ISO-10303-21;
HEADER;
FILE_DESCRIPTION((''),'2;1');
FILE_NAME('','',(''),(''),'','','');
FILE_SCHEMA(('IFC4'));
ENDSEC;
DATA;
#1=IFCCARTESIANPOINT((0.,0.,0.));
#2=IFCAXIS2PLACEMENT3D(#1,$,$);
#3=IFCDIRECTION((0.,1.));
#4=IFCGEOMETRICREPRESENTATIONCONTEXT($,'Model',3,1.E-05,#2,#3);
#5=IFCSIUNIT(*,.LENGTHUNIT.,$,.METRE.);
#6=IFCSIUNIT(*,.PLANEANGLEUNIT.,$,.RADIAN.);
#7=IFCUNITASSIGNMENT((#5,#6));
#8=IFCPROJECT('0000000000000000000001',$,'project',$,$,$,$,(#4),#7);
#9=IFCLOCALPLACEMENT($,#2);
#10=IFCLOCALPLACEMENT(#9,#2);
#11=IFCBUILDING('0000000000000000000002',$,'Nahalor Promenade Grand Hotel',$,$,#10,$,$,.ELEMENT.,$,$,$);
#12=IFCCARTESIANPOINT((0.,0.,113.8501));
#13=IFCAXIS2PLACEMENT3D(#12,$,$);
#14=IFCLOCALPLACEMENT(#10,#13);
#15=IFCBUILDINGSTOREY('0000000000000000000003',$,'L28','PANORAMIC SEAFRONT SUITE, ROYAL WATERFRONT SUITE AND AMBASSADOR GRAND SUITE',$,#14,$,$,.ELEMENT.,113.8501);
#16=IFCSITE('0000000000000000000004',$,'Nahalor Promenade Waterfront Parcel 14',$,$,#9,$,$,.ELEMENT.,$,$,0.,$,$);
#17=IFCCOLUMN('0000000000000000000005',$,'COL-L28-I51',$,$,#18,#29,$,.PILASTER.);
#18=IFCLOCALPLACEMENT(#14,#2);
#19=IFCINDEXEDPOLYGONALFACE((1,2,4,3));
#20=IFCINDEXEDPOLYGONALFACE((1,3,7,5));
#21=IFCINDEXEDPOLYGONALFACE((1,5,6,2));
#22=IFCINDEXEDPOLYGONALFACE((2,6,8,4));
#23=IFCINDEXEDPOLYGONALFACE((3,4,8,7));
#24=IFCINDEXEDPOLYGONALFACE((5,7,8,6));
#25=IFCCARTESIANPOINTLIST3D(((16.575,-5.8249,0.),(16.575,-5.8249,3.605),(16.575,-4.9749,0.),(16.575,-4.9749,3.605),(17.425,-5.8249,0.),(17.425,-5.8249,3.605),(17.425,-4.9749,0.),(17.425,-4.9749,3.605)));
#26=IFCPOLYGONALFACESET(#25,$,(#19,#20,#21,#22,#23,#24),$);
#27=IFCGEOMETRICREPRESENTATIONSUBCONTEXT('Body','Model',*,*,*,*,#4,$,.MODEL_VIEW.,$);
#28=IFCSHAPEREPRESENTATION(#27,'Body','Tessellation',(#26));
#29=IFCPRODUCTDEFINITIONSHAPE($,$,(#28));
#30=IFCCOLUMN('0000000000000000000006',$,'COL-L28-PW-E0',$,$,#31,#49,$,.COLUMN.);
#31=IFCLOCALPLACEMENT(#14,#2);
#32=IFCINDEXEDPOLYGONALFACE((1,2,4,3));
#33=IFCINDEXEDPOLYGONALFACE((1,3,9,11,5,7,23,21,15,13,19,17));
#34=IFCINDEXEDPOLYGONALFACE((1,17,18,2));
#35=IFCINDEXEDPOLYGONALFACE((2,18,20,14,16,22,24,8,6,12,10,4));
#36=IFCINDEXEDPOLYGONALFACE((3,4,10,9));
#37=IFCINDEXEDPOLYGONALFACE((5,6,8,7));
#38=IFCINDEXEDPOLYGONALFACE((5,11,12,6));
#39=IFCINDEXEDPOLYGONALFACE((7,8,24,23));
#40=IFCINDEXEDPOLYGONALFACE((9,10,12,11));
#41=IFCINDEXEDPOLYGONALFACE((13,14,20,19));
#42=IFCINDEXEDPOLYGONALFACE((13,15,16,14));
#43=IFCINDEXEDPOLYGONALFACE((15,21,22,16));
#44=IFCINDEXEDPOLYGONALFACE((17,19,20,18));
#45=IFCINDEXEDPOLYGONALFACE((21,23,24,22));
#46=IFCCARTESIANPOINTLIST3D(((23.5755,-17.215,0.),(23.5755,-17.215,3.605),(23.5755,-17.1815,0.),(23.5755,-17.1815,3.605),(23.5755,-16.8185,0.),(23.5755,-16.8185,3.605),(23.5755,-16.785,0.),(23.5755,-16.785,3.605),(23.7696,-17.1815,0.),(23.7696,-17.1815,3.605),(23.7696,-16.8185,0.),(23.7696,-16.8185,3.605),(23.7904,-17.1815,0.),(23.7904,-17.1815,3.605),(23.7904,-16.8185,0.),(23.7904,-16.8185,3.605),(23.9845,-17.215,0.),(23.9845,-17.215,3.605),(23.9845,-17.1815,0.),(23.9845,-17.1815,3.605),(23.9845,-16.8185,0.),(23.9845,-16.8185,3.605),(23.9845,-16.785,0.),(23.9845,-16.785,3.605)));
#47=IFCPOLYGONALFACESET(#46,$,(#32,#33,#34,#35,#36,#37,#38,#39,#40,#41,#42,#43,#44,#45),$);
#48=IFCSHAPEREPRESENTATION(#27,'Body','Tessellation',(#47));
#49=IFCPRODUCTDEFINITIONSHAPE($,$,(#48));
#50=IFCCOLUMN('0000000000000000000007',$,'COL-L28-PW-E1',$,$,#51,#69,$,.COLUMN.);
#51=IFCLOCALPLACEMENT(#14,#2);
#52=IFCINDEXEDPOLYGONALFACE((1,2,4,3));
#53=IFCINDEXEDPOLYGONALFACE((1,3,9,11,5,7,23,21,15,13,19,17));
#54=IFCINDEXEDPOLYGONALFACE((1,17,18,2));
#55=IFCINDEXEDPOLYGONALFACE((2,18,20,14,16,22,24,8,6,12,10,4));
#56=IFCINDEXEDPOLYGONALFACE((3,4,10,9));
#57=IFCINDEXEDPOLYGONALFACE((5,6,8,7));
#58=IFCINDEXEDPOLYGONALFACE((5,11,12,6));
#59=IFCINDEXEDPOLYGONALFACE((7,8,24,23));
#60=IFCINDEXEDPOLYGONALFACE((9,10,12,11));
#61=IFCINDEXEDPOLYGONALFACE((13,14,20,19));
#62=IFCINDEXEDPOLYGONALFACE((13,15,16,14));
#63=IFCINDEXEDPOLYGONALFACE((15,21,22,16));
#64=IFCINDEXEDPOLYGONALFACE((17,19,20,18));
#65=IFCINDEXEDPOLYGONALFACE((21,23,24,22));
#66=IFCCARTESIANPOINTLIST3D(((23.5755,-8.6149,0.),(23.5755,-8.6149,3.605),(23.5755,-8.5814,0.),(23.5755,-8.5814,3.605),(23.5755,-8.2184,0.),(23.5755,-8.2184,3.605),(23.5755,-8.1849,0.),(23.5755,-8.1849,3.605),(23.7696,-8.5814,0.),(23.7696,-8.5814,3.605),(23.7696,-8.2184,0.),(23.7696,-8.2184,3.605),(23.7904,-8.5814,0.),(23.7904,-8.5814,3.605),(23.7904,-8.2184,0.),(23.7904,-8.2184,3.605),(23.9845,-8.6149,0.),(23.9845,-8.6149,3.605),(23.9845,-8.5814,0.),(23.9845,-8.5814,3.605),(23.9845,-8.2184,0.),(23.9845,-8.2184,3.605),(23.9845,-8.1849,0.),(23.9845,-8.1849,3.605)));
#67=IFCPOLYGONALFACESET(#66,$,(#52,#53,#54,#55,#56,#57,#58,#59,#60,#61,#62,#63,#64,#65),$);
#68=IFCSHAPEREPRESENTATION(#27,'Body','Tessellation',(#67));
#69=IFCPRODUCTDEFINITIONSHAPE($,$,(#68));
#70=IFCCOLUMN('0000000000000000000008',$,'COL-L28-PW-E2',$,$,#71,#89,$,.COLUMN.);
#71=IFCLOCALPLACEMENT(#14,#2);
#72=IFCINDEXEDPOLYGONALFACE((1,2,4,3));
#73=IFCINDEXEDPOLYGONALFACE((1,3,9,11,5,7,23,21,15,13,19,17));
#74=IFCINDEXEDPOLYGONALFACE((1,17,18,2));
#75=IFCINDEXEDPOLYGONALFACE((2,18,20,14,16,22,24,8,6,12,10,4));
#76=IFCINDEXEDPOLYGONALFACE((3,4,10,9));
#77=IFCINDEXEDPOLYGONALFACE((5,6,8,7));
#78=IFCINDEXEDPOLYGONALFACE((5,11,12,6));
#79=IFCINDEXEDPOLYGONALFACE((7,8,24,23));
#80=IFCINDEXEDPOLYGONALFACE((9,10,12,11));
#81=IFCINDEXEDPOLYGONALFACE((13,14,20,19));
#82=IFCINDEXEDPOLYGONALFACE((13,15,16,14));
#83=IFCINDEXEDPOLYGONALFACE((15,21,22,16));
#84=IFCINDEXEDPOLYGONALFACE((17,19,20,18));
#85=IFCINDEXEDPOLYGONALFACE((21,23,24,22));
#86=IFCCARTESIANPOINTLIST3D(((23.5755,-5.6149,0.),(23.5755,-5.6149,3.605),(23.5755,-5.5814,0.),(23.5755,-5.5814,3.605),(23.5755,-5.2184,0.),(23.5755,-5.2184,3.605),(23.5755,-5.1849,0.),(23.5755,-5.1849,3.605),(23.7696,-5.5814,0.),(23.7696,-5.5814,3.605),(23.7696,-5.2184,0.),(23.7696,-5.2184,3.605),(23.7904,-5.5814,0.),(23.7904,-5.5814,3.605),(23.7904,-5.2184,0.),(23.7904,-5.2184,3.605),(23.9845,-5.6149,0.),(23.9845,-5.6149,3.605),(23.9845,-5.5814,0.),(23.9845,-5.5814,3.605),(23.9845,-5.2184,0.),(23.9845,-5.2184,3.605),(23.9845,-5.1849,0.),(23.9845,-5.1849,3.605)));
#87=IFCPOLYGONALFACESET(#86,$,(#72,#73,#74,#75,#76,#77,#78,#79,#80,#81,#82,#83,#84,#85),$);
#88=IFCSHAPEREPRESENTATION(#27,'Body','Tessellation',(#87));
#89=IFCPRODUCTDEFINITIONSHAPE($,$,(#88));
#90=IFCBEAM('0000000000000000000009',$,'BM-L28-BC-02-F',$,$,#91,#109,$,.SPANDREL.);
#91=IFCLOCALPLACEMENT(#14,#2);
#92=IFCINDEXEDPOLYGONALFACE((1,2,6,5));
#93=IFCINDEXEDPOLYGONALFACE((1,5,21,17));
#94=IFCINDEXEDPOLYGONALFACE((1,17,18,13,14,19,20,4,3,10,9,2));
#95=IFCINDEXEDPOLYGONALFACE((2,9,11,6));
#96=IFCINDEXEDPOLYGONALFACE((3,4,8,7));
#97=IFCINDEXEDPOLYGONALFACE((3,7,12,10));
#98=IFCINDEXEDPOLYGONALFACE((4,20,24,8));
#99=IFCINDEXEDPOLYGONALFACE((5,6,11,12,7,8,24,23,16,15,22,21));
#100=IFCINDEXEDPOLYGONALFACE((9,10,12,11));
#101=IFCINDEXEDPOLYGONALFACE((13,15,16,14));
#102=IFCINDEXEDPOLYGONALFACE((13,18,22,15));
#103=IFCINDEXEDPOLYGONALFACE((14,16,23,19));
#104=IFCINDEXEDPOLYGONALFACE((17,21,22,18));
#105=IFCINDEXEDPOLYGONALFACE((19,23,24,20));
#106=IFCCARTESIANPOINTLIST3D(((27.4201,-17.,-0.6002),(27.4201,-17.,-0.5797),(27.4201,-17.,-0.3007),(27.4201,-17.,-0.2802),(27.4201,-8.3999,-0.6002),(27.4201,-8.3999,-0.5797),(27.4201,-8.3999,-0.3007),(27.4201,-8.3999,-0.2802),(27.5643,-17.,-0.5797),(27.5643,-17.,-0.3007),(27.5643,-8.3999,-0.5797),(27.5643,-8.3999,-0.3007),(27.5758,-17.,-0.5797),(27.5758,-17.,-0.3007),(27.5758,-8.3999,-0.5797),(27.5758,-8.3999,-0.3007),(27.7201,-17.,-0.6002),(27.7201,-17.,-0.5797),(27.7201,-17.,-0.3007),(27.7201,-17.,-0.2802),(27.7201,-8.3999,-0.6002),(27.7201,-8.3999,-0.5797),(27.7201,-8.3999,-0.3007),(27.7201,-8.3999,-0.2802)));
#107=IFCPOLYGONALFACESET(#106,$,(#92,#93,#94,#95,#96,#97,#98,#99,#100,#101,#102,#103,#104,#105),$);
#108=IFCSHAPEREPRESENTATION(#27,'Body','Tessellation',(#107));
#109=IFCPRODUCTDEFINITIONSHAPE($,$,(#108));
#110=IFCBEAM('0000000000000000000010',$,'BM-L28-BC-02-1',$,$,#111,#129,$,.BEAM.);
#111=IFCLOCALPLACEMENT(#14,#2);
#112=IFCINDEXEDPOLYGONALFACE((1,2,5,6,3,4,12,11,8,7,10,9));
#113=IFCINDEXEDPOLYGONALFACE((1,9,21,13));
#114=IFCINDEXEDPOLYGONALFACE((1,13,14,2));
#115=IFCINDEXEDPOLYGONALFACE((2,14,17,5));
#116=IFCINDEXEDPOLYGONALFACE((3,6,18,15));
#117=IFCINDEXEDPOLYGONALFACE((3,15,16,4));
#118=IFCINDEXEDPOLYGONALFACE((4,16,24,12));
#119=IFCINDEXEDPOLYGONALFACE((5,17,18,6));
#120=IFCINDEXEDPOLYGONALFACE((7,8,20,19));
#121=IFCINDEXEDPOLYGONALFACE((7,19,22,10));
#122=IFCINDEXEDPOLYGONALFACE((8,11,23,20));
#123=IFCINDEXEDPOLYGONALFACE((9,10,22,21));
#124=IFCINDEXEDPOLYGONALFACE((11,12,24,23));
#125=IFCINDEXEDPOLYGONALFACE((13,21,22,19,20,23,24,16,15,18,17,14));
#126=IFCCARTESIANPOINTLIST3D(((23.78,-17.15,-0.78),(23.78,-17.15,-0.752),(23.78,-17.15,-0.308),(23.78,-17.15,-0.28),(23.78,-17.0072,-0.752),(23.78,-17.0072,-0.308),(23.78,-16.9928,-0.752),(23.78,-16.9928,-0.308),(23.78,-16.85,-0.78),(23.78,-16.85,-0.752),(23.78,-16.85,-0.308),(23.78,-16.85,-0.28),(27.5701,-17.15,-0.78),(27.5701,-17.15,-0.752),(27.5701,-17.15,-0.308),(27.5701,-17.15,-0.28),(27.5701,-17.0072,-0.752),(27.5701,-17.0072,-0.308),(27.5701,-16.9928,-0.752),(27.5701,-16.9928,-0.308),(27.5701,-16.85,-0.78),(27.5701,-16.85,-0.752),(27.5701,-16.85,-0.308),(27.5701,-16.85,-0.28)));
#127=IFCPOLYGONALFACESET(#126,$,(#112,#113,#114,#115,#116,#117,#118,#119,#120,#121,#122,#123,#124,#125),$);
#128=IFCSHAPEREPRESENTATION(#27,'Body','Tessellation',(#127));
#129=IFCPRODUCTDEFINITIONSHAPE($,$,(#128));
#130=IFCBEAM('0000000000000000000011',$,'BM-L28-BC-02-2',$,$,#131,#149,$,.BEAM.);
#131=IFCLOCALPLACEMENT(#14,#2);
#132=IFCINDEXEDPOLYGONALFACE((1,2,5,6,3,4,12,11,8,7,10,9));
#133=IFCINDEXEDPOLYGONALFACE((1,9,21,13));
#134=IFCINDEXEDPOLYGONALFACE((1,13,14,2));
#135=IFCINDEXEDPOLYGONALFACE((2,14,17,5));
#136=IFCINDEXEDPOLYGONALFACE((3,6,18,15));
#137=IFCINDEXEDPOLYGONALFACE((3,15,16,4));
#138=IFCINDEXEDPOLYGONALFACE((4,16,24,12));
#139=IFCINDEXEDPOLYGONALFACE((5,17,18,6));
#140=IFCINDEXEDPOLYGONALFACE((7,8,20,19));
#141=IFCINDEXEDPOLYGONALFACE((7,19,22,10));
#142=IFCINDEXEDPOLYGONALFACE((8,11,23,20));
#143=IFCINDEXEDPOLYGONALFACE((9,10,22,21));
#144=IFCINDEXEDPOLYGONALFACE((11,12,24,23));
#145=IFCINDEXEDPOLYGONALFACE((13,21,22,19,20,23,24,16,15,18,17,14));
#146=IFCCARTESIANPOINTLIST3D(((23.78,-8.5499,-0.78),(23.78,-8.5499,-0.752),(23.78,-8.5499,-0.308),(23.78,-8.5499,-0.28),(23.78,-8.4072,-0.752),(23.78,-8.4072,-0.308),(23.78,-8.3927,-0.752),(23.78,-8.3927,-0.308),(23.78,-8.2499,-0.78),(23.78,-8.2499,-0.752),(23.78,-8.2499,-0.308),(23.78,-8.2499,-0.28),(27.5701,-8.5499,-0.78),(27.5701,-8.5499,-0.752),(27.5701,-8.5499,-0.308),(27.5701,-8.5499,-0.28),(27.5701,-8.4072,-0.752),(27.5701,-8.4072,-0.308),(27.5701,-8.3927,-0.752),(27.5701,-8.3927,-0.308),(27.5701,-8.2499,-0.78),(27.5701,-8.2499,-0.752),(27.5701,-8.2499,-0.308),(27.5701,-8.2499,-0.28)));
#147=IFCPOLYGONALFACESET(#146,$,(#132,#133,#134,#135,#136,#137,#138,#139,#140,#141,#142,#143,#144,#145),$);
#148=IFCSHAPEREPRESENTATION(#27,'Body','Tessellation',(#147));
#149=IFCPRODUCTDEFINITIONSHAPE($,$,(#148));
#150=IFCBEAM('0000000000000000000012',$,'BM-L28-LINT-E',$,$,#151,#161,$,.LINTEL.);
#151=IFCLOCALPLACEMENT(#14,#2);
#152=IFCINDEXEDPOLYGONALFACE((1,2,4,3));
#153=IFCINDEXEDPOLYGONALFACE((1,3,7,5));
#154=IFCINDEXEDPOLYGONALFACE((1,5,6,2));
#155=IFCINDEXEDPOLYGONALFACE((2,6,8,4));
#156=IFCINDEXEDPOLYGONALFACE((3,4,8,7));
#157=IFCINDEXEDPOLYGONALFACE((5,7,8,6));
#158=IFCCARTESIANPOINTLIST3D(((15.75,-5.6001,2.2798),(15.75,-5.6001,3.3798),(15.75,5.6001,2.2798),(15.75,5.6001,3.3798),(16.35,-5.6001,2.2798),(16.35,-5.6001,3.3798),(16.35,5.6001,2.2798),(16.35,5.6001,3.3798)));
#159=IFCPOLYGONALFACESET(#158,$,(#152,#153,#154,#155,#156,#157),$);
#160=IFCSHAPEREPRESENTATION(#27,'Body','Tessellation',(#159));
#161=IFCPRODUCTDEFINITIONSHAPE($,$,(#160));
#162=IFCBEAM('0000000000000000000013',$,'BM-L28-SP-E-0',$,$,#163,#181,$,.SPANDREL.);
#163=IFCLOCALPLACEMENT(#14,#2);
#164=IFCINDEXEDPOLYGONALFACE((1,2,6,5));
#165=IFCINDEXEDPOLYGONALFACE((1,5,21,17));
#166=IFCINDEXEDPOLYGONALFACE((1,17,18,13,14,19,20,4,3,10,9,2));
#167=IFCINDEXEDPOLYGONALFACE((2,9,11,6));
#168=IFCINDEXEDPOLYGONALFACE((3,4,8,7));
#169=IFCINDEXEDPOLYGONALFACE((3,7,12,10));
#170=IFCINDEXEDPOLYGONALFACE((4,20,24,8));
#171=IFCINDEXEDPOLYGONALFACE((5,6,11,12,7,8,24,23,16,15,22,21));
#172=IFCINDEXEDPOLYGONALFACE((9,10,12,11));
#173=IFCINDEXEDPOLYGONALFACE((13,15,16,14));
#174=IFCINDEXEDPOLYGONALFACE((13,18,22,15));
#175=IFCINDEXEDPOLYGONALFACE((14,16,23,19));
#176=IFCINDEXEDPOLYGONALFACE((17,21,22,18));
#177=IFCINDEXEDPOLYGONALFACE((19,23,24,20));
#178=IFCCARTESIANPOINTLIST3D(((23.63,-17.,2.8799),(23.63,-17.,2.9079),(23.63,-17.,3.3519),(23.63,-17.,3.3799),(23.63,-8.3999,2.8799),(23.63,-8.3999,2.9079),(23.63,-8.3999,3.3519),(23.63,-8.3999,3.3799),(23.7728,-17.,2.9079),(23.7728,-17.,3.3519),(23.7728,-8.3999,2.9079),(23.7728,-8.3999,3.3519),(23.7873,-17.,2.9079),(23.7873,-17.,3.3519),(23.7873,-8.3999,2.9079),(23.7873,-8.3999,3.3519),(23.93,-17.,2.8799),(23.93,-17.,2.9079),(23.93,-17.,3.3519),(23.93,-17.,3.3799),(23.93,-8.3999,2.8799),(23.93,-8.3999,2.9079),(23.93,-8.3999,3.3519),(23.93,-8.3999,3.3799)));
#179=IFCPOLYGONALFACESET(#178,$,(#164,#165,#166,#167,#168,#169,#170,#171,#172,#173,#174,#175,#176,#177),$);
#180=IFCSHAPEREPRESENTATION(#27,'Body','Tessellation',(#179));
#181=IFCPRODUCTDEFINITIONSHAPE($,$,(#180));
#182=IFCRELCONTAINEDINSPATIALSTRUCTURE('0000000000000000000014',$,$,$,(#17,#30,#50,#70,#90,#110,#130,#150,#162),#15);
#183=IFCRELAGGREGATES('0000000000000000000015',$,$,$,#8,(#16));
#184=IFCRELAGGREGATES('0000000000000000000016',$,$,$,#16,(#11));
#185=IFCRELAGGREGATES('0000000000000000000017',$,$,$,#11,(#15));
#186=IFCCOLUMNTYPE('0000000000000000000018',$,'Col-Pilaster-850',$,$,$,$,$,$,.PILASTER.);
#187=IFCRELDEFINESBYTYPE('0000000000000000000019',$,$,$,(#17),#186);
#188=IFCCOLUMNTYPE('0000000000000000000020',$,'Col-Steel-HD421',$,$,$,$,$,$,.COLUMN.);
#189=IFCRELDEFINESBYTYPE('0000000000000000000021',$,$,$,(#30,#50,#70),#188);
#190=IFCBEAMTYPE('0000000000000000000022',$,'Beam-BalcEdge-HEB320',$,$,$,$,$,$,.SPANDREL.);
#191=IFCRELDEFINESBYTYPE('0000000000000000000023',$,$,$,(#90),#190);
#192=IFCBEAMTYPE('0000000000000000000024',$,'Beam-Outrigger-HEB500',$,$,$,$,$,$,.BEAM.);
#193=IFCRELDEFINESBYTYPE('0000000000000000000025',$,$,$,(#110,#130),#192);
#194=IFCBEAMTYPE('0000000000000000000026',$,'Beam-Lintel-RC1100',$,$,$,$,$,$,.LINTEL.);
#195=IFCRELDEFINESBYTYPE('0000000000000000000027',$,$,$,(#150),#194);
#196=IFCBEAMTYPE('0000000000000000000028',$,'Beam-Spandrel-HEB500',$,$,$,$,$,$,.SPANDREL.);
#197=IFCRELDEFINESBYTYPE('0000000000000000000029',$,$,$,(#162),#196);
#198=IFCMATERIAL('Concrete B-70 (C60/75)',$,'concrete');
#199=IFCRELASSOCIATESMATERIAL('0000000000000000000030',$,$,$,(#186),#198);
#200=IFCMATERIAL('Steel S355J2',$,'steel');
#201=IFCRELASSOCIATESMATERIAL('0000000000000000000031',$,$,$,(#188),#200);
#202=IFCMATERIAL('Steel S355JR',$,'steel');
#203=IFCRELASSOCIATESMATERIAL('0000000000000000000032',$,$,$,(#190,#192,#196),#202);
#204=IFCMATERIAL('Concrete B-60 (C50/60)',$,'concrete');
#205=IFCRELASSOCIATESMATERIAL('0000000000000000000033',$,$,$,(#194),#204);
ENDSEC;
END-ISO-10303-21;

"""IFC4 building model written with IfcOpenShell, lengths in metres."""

from ifc_helpers import new_model, si_unit, direction, frame, origin, origin_2d, place, context, subcontext, project, spatial, rectangle, i_section, extrude, source, transform, mapped, material, material_profile, profile_set, type_object, element, save


model = new_model("IFC4")

# Units and contexts
model_context = context("Model", 3, precision=1e-05, world=origin(), true_north=direction((0.0, 1.0)))
body_context = subcontext(model_context, "Body", "Model", "MODEL_VIEW")
ifc_project = project(units=[si_unit("LENGTHUNIT", "METRE"), si_unit("PLANEANGLEUNIT", "RADIAN")], contexts=[model_context])

# Site, building, storey
site_placement = place(None, origin())
site = spatial("IfcSite", under=ifc_project, at=site_placement, Name="Nahalor Promenade Waterfront Parcel 14", CompositionType="ELEMENT", RefElevation=0.0)
building_placement = place(site_placement, origin())
building = spatial("IfcBuilding", under=site, at=building_placement, Name="Nahalor Promenade Grand Hotel", CompositionType="ELEMENT")
storey_placement = place(building_placement, frame((0.0, 0.0, 113.8501)))
storey = spatial("IfcBuildingStorey", under=building, at=storey_placement, Name="L28", Description="PANORAMIC SEAFRONT SUITE, ROYAL WATERFRONT SUITE AND AMBASSADOR GRAND SUITE", CompositionType="ELEMENT", Elevation=113.8501)

# Columns
ifc_material_1 = material(Name="Concrete B-70 (C60/75)", Category="concrete")
ifc_material_profile_1 = material_profile(ifc_material_1, rectangle(XDim=0.85, YDim=0.85, at=origin_2d()), Name="RC 850x850")
ifc_profile_set_1 = profile_set([ifc_material_profile_1], Name="Concrete B-70 (C60/75)")
column_type_1 = type_object("IfcColumnType", Name="Col-Pilaster-850", PredefinedType="PILASTER", material=ifc_profile_set_1)
shared_shape_1 = source(origin(), body_context, "Body", "SweptSolid", [
    extrude(rectangle(XDim=0.85, YDim=0.85, at=origin_2d()), origin(), (0.0, 0.0, 1.0), 3.605),
])
column_placement = place(storey_placement, frame((17.0, -5.3999, 0.0), z_axis=(0.0, 0.0, 1.0), x_axis=(1.0, 0.0, 0.0)))
element("IfcColumn", 1, at=column_placement, inside=storey, type_object=column_type_1, Name="COL-L28-I51", PredefinedType="PILASTER", context=body_context, shape_type="MappedRepresentation", body=[
    mapped(shared_shape_1, transform((0.0, 0.0, 0.0), scale=1.0)),
])
ifc_material_2 = material(Name="Steel S355J2", Category="steel")
ifc_material_profile_2 = material_profile(ifc_material_2, i_section(OverallWidth=0.409, OverallDepth=0.43, WebThickness=0.0208, FlangeThickness=0.0335, at=origin_2d()), Name="HD 400x421")
ifc_profile_set_2 = profile_set([ifc_material_profile_2], Name="Steel S355J2")
column_type_2 = type_object("IfcColumnType", Name="Col-Steel-HD421", PredefinedType="COLUMN", material=ifc_profile_set_2)
shared_shape_2 = source(origin(), body_context, "Body", "SweptSolid", [
    extrude(i_section(OverallWidth=0.409, OverallDepth=0.43, WebThickness=0.0208, FlangeThickness=0.0335, at=origin_2d()), origin(), (0.0, 0.0, 1.0), 3.605),
])
for number, where, z_axis, x_axis, name in (
    (2, (23.78, -17.0, 0.0), (0.0, 0.0, 1.0), (1.0, 0.0, 0.0), "COL-L28-PW-E0"),
    (3, (23.78, -8.3999, 0.0), (0.0, 0.0, 1.0), (1.0, 0.0, 0.0), "COL-L28-PW-E1"),
    (4, (23.78, -5.3999, 0.0), (0.0, 0.0, 1.0), (1.0, 0.0, 0.0), "COL-L28-PW-E2"),
):
    element("IfcColumn", number, at=place(storey_placement, frame(where, z_axis=z_axis, x_axis=x_axis)), inside=storey, type_object=column_type_2, Name=name, PredefinedType="COLUMN", context=body_context, shape_type="MappedRepresentation", body=[
        mapped(shared_shape_2, transform((0.0, 0.0, 0.0), scale=1.0)),
    ])

# Beams
ifc_material_3 = material(Name="Steel S355JR", Category="steel")
ifc_material_profile_3 = material_profile(ifc_material_3, i_section(OverallWidth=0.3, OverallDepth=0.32, WebThickness=0.0115, FlangeThickness=0.0205, at=origin_2d()), Name="HEB 320")
ifc_profile_set_3 = profile_set([ifc_material_profile_3], Name="Steel S355JR")
beam_type_1 = type_object("IfcBeamType", Name="Beam-BalcEdge-HEB320", PredefinedType="SPANDREL", material=ifc_profile_set_3)
shared_shape_3 = source(origin(), body_context, "Body", "SweptSolid", [
    extrude(i_section(OverallWidth=0.3, OverallDepth=0.32, WebThickness=0.0115, FlangeThickness=0.0205, at=origin_2d()), origin(), (0.0, 0.0, 1.0), 8.6001),
])
beam_1_placement = place(storey_placement, frame((27.5701, -17.0, -0.4402), z_axis=(0.0, 1.0, 0.0), x_axis=(-1.0, 0.0, 0.0)))
element("IfcBeam", 5, at=beam_1_placement, inside=storey, type_object=beam_type_1, Name="BM-L28-BC-02-F", PredefinedType="SPANDREL", context=body_context, shape_type="MappedRepresentation", body=[
    mapped(shared_shape_3, transform((0.0, 0.0, 0.0), scale=1.0)),
])
ifc_material_profile_4 = material_profile(ifc_material_3, i_section(OverallWidth=0.3, OverallDepth=0.5, WebThickness=0.0145, FlangeThickness=0.028, at=origin_2d()), Name="HEB 500")
ifc_profile_set_4 = profile_set([ifc_material_profile_4], Name="Steel S355JR")
beam_type_2 = type_object("IfcBeamType", Name="Beam-Outrigger-HEB500", PredefinedType="BEAM", material=ifc_profile_set_4)
shared_shape_4 = source(origin(), body_context, "Body", "SweptSolid", [
    extrude(i_section(OverallWidth=0.3, OverallDepth=0.5, WebThickness=0.0145, FlangeThickness=0.028, at=origin_2d()), origin(), (0.0, 0.0, 1.0), 3.79),
])
for number, where, z_axis, x_axis, name in (
    (6, (23.78, -17.0, -0.53), (1.0, 0.0, 0.0), (0.0, 1.0, 0.0), "BM-L28-BC-02-1"),
    (7, (23.78, -8.3999, -0.53), (1.0, 0.0, 0.0), (0.0, 1.0, 0.0), "BM-L28-BC-02-2"),
):
    element("IfcBeam", number, at=place(storey_placement, frame(where, z_axis=z_axis, x_axis=x_axis)), inside=storey, type_object=beam_type_2, Name=name, PredefinedType="BEAM", context=body_context, shape_type="MappedRepresentation", body=[
        mapped(shared_shape_4, transform((0.0, 0.0, 0.0), scale=1.0)),
    ])
ifc_material_4 = material(Name="Concrete B-60 (C50/60)", Category="concrete")
ifc_material_profile_5 = material_profile(ifc_material_4, rectangle(XDim=0.6, YDim=1.1, at=origin_2d()), Name="RC 600x1100")
ifc_profile_set_5 = profile_set([ifc_material_profile_5], Name="Concrete B-60 (C50/60)")
beam_type_3 = type_object("IfcBeamType", Name="Beam-Lintel-RC1100", PredefinedType="LINTEL", material=ifc_profile_set_5)
shared_shape_5 = source(origin(), body_context, "Body", "SweptSolid", [
    extrude(rectangle(XDim=0.6, YDim=1.1, at=origin_2d()), origin(), (0.0, 0.0, 1.0), 11.2002),
])
beam_2_placement = place(storey_placement, frame((16.05, -5.6001, 2.8298), z_axis=(0.0, 1.0, 0.0), x_axis=(-1.0, 0.0, 0.0)))
element("IfcBeam", 8, at=beam_2_placement, inside=storey, type_object=beam_type_3, Name="BM-L28-LINT-E", PredefinedType="LINTEL", context=body_context, shape_type="MappedRepresentation", body=[
    mapped(shared_shape_5, transform((0.0, 0.0, 0.0), scale=1.0)),
])
ifc_material_profile_6 = material_profile(ifc_material_3, i_section(OverallWidth=0.3, OverallDepth=0.5, WebThickness=0.0145, FlangeThickness=0.028, at=origin_2d()), Name="HEB 500")
ifc_profile_set_6 = profile_set([ifc_material_profile_6], Name="Steel S355JR")
beam_type_4 = type_object("IfcBeamType", Name="Beam-Spandrel-HEB500", PredefinedType="SPANDREL", material=ifc_profile_set_6)
shared_shape_6 = source(origin(), body_context, "Body", "SweptSolid", [
    extrude(i_section(OverallWidth=0.3, OverallDepth=0.5, WebThickness=0.0145, FlangeThickness=0.028, at=origin_2d()), origin(), (0.0, 0.0, 1.0), 8.6001),
])
beam_3_placement = place(storey_placement, frame((23.78, -17.0, 3.1299), z_axis=(0.0, 1.0, 0.0), x_axis=(-1.0, 0.0, 0.0)))
element("IfcBeam", 9, at=beam_3_placement, inside=storey, type_object=beam_type_4, Name="BM-L28-SP-E-0", PredefinedType="SPANDREL", context=body_context, shape_type="MappedRepresentation", body=[
    mapped(shared_shape_6, transform((0.0, 0.0, 0.0), scale=1.0)),
])

save(model, "model.ifc")
